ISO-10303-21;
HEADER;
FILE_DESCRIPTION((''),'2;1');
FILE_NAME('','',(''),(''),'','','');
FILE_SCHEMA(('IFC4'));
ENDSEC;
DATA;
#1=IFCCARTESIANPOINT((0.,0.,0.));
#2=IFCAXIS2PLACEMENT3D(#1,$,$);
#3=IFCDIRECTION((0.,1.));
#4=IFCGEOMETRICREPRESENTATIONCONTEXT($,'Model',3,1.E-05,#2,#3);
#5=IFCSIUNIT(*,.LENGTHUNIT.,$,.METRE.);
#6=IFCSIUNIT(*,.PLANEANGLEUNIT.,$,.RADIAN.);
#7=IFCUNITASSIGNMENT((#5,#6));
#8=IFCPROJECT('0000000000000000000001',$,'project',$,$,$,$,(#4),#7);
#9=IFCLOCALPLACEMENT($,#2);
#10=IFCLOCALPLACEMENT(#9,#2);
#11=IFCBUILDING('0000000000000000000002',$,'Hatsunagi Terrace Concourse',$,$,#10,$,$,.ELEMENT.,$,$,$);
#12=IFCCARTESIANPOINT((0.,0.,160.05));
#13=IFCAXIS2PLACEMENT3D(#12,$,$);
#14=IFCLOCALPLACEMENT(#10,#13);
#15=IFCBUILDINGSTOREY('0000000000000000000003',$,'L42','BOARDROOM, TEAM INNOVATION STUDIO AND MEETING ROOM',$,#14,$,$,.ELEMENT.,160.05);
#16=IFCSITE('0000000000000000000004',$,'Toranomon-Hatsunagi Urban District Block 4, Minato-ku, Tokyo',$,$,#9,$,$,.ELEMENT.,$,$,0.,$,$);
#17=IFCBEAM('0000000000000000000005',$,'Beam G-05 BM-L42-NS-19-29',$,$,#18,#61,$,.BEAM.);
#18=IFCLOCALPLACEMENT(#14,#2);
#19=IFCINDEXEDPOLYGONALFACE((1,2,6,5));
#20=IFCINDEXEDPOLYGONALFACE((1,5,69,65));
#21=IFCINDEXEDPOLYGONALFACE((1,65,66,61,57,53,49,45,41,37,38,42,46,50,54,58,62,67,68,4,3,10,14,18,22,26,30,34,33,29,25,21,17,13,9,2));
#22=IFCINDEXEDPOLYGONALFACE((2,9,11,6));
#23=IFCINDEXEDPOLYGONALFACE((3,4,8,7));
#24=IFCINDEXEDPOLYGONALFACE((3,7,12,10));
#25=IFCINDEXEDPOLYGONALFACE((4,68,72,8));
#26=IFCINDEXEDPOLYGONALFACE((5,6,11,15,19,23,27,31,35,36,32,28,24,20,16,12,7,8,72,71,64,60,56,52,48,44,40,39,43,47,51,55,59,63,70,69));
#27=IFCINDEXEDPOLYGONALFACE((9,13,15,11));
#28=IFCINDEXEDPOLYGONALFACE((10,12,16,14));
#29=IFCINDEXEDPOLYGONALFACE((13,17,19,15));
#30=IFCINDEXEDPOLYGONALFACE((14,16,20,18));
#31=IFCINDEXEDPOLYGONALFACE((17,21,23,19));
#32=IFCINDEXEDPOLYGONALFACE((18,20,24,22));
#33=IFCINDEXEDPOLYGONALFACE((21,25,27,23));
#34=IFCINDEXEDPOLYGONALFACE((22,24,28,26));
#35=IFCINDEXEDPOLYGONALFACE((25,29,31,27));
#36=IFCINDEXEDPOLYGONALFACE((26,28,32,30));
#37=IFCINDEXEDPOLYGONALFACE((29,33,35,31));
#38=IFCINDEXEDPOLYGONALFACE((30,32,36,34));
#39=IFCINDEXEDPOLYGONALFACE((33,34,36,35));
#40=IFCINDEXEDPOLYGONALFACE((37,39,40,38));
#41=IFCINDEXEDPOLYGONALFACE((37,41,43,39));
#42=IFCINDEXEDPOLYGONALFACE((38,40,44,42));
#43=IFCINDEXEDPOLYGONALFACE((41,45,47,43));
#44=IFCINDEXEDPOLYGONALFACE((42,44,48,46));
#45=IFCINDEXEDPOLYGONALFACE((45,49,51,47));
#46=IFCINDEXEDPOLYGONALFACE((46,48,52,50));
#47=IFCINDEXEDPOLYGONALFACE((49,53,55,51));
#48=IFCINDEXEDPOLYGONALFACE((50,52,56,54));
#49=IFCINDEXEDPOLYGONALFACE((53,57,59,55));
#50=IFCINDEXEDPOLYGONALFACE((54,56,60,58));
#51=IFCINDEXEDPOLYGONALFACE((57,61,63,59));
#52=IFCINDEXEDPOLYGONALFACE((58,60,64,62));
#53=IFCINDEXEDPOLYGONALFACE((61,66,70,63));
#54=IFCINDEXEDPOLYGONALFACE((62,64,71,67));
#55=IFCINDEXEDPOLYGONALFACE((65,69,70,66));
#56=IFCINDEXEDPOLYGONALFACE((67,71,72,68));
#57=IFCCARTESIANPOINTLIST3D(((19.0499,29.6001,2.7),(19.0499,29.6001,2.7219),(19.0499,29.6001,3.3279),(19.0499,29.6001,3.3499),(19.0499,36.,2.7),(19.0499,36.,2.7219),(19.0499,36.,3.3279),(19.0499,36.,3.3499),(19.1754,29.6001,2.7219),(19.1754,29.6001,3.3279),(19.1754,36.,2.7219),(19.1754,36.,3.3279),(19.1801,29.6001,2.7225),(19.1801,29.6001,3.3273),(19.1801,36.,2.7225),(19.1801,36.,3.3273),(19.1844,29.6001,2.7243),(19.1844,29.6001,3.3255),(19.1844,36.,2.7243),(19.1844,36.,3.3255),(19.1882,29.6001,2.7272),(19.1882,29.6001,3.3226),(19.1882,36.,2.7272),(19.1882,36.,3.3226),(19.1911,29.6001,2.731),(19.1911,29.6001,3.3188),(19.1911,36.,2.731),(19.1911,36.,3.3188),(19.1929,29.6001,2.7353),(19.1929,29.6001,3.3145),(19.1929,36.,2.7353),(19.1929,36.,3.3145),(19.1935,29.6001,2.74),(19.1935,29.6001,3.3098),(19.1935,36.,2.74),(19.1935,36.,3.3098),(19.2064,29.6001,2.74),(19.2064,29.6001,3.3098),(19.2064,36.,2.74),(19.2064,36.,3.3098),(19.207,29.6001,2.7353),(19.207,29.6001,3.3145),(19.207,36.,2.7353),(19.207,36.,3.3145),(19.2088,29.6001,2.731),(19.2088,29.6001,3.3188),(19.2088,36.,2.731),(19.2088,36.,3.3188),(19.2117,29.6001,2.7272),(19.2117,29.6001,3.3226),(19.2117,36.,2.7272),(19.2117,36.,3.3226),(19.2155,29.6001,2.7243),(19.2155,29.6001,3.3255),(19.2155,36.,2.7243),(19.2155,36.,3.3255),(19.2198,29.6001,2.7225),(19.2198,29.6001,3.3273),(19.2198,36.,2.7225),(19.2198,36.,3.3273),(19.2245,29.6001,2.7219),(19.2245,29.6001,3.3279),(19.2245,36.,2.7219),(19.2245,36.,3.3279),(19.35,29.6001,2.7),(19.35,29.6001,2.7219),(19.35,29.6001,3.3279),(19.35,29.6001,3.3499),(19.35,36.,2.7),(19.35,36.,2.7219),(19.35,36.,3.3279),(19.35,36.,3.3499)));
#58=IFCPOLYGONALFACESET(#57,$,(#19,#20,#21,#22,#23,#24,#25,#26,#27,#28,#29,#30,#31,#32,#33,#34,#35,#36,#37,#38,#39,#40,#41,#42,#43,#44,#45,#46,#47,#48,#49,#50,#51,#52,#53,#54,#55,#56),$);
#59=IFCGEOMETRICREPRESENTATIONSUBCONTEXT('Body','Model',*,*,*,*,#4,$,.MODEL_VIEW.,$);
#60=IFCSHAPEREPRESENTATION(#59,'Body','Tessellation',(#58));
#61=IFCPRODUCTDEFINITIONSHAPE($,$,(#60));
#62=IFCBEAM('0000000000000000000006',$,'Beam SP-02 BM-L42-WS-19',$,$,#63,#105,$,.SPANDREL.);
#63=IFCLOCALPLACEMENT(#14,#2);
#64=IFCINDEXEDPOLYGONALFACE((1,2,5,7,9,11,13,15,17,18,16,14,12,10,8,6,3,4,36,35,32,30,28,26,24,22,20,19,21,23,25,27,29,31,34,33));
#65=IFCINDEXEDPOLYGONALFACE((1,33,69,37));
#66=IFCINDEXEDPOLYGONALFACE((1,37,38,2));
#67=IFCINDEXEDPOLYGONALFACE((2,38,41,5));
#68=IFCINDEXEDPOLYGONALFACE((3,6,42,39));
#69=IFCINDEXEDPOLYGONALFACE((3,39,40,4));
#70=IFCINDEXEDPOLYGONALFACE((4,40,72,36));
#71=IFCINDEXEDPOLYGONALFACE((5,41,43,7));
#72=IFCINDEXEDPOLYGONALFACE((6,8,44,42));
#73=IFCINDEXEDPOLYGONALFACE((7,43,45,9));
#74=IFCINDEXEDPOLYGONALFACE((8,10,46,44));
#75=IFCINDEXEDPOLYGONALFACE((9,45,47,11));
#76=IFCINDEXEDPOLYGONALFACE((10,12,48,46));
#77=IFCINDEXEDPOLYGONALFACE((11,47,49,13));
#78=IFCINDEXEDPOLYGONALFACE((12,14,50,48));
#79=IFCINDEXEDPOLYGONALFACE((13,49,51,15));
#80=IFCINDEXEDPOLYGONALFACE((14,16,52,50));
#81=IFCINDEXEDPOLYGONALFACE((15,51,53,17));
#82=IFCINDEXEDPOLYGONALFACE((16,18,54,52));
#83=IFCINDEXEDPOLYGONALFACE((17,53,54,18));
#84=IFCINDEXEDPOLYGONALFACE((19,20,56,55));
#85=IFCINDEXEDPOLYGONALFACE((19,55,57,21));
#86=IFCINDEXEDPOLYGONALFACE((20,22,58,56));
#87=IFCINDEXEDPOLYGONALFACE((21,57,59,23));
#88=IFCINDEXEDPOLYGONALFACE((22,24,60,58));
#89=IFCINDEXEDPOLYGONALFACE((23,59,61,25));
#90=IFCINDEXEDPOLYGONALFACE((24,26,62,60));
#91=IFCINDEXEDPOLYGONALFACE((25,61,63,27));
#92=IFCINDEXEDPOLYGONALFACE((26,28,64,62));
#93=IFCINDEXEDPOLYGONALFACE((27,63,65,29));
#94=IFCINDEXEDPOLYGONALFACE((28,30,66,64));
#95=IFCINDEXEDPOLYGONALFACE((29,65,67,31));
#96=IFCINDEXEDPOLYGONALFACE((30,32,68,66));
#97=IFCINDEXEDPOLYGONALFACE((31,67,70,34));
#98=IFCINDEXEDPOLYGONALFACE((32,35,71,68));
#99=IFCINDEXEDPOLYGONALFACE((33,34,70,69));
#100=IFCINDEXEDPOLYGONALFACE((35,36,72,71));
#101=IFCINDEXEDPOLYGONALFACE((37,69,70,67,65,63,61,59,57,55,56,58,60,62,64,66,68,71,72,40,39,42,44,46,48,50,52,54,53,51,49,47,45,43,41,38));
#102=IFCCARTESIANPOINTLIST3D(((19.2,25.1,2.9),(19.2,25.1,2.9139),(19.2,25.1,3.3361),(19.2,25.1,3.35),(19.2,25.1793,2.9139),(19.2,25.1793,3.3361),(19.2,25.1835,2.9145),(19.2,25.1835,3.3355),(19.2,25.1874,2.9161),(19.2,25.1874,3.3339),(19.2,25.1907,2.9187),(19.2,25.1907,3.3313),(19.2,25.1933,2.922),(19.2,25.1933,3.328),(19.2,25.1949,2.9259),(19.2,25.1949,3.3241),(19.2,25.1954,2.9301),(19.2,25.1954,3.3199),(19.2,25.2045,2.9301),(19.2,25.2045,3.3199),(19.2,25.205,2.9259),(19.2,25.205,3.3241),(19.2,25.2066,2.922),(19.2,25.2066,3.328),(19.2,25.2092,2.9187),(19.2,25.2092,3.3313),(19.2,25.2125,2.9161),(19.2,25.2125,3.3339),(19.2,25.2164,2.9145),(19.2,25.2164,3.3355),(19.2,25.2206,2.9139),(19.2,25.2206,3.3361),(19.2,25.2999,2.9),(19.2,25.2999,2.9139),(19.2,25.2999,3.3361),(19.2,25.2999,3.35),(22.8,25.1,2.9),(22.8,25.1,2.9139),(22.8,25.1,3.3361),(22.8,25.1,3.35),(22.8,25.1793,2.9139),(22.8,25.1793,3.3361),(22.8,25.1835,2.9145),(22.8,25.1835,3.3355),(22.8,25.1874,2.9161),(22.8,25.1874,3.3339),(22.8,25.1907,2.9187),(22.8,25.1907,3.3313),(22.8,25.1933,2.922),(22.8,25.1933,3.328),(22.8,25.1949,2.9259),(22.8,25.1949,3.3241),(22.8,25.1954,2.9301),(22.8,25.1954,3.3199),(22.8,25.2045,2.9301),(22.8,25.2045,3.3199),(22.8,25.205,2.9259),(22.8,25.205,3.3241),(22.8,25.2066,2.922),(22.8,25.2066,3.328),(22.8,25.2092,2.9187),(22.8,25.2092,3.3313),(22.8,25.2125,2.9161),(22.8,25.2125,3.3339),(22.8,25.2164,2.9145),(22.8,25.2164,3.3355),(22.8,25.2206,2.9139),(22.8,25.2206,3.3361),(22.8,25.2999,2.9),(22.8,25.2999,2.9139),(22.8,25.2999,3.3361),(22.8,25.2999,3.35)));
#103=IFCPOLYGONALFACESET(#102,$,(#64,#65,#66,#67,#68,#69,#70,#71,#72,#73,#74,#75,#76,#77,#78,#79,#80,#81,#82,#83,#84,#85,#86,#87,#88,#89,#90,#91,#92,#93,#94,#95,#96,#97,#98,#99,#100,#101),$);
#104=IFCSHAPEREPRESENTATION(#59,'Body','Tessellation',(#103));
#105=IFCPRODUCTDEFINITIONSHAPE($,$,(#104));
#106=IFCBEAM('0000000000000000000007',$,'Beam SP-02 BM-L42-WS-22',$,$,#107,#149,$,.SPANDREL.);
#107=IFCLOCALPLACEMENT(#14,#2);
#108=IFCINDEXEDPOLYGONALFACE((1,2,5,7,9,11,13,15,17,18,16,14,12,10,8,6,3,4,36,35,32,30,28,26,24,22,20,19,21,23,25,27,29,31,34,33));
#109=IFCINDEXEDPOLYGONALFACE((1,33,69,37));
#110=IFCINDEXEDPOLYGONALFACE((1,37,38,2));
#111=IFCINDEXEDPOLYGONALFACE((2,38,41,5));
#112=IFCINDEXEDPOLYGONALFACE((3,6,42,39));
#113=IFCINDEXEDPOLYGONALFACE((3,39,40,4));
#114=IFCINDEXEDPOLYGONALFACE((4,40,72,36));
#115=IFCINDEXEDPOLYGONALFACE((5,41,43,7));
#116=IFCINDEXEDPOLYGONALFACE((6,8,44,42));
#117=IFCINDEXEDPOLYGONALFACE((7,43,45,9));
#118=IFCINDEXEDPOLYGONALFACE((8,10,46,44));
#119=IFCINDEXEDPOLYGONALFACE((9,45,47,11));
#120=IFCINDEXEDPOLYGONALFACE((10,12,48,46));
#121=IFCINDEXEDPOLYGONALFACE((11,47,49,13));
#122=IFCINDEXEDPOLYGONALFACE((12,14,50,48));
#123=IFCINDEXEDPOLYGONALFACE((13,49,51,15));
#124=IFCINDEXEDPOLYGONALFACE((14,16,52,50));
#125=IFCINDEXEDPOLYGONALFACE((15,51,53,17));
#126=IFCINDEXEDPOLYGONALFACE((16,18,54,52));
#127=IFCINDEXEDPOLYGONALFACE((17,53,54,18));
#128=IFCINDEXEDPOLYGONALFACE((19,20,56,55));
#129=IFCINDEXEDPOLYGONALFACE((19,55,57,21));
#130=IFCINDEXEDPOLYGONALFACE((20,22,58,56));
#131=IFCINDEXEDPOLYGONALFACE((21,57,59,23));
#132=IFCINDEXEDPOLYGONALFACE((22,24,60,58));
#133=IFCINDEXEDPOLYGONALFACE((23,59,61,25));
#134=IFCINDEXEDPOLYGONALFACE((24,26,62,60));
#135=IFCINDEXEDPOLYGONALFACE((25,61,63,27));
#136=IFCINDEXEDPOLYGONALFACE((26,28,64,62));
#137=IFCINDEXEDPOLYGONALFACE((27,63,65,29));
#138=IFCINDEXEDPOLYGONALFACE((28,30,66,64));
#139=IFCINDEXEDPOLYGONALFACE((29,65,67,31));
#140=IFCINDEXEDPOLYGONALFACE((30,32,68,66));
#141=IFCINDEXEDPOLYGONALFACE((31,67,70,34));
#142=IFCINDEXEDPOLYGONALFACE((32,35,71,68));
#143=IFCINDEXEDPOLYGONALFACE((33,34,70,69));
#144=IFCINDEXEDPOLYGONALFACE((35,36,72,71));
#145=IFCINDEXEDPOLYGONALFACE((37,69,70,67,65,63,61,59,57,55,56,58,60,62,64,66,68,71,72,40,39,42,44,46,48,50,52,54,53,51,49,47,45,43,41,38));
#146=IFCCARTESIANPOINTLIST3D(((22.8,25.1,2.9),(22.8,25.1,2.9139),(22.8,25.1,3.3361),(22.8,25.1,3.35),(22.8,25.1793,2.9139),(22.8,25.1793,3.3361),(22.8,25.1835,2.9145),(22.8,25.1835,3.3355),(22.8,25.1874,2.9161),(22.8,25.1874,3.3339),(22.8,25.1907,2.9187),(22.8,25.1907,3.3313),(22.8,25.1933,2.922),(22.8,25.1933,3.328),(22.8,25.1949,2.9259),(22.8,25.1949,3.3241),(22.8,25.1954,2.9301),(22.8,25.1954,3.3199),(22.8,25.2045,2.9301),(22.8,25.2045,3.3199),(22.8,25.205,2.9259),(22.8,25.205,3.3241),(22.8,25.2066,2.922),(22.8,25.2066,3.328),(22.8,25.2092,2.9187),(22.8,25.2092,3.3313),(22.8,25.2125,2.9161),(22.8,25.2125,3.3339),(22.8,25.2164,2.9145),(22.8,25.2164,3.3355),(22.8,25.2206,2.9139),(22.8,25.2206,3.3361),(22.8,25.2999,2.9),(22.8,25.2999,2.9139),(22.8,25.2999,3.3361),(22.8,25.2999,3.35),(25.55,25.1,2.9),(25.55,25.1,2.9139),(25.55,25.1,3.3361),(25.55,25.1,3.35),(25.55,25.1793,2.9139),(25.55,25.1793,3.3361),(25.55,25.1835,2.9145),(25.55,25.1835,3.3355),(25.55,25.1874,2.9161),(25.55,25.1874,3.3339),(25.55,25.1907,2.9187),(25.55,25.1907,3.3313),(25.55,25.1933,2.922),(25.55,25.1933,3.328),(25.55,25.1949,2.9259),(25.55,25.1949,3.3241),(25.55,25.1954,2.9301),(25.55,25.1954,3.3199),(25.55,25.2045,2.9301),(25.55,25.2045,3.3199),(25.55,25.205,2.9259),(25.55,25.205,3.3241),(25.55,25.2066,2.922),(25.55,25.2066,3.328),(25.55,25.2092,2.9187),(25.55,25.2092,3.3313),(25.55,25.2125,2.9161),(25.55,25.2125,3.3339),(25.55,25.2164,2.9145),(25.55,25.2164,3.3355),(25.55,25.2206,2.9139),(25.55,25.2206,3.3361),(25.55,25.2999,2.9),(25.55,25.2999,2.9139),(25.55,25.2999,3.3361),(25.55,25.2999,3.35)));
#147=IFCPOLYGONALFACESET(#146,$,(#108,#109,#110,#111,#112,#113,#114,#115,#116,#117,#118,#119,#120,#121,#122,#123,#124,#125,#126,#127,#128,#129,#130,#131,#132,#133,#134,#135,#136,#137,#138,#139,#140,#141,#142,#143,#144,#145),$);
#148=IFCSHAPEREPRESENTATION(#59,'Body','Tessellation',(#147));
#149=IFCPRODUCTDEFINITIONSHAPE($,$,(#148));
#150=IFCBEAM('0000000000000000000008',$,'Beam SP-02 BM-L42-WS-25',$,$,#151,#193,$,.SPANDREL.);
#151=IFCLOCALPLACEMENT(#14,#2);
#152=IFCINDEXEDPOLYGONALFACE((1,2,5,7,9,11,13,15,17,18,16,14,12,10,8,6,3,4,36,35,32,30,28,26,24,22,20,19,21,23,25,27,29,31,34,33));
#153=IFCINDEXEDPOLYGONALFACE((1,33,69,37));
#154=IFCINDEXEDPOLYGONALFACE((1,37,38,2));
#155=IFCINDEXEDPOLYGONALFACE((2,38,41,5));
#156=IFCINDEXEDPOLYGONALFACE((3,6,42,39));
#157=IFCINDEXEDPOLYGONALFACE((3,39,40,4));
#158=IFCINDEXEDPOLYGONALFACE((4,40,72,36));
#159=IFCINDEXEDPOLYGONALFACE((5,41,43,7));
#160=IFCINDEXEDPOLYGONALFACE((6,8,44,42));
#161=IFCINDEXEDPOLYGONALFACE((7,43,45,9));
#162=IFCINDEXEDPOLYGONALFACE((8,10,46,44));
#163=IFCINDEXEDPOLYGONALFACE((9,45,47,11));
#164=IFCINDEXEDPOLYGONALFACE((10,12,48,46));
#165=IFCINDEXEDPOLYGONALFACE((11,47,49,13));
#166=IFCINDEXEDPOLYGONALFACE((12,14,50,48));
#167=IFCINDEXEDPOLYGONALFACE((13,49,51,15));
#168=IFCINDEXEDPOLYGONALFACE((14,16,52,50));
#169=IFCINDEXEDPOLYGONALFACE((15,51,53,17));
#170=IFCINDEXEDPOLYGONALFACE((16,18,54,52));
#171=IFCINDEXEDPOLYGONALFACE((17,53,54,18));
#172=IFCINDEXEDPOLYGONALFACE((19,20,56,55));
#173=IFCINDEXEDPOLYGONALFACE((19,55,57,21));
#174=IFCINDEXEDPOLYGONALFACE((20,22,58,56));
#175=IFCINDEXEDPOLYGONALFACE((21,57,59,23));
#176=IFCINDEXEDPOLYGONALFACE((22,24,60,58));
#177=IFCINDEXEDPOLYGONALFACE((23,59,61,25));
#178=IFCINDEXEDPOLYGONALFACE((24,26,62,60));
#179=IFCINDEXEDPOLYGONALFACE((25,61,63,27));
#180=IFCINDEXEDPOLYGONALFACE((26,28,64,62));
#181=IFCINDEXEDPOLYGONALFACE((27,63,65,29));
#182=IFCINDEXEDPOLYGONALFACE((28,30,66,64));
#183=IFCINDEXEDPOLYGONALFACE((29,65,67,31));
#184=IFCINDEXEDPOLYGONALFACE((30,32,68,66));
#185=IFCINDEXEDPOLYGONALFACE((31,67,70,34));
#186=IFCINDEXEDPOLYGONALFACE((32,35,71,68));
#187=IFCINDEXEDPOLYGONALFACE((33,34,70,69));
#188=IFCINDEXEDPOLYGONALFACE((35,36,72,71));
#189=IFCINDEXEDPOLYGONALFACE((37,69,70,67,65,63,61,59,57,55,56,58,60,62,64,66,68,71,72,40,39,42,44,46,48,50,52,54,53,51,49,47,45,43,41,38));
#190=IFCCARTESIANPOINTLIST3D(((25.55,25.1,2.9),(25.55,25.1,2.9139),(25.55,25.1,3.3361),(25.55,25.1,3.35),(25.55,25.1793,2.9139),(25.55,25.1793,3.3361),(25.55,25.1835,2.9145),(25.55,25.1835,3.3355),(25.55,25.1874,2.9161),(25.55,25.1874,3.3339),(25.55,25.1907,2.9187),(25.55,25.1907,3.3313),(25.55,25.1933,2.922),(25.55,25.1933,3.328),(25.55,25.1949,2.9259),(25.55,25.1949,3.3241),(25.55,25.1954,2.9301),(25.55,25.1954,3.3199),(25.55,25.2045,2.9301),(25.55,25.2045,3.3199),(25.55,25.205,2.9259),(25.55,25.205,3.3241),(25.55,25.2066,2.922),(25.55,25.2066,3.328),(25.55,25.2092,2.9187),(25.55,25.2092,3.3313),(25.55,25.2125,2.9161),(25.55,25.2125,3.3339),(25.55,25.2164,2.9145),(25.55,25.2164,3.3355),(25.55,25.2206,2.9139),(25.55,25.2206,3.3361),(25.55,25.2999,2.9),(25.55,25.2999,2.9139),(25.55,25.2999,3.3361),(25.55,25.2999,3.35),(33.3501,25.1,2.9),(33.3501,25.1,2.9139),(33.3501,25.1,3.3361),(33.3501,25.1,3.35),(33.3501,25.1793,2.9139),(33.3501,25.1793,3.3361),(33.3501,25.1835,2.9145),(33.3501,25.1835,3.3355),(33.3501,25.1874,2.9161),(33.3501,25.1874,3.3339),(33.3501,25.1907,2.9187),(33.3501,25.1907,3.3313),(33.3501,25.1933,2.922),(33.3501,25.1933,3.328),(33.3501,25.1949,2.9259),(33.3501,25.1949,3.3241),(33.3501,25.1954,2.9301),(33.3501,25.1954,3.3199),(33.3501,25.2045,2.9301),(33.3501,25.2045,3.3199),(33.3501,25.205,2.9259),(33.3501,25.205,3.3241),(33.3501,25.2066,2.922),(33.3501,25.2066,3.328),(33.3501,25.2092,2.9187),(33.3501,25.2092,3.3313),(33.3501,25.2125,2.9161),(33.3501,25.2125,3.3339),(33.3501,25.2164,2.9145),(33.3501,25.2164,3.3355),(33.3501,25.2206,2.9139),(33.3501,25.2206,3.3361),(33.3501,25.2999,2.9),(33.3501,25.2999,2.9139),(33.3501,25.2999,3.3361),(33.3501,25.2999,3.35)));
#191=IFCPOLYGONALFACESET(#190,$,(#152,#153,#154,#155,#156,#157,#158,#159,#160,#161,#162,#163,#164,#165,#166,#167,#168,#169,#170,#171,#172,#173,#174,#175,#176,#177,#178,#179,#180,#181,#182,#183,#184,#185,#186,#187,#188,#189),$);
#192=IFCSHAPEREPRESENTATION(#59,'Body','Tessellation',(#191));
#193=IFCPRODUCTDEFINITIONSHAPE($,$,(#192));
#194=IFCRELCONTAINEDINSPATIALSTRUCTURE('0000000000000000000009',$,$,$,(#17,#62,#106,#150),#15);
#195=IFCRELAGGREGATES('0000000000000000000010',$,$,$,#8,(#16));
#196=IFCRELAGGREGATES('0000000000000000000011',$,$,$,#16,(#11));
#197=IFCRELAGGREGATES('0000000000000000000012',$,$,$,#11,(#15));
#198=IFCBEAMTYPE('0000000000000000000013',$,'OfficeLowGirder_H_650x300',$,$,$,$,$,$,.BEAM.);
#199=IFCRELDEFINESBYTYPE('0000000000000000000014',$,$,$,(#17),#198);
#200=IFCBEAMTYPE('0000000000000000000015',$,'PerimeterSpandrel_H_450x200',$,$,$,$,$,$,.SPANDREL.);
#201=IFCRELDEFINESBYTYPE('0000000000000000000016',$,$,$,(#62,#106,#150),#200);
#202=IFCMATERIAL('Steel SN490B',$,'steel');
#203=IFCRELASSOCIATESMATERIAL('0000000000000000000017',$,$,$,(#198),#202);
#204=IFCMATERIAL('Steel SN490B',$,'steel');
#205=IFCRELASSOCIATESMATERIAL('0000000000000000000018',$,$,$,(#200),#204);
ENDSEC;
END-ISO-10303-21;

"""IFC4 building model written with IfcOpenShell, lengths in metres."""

from ifc_helpers import new_model, si_unit, direction, frame, origin, origin_2d, place, context, subcontext, project, spatial, i_section, extrude, material, material_profile, profile_set, type_object, element, save


model = new_model("IFC4")

# Units and contexts
model_context = context("Model", 3, precision=1e-05, world=origin(), true_north=direction((0.0, 1.0)))
body_context = subcontext(model_context, "Body", "Model", "MODEL_VIEW")
ifc_project = project(units=[si_unit("LENGTHUNIT", "METRE"), si_unit("PLANEANGLEUNIT", "RADIAN")], contexts=[model_context])

# Site, building, storey
site_placement = place(None, origin())
site = spatial("IfcSite", under=ifc_project, at=site_placement, Name="Toranomon-Hatsunagi Urban District Block 4, Minato-ku, Tokyo", CompositionType="ELEMENT", RefElevation=0.0)
building_placement = place(site_placement, origin())
building = spatial("IfcBuilding", under=site, at=building_placement, Name="Hatsunagi Terrace Concourse", CompositionType="ELEMENT")
storey_placement = place(building_placement, frame((0.0, 0.0, 160.05)))
storey = spatial("IfcBuildingStorey", under=building, at=storey_placement, Name="L42", Description="BOARDROOM, TEAM INNOVATION STUDIO AND MEETING ROOM", CompositionType="ELEMENT", Elevation=160.05)

# Beams
ifc_material_1 = material(Name="Steel SN490B", Category="steel")
ifc_material_profile_1 = material_profile(ifc_material_1, i_section(OverallWidth=0.3, OverallDepth=0.6499, WebThickness=0.0129, FlangeThickness=0.022, FilletRadius=0.0181, at=origin_2d()), Name="H-650x300x13x22")
ifc_profile_set_1 = profile_set([ifc_material_profile_1], Name="Steel SN490B")
beam_type_1 = type_object("IfcBeamType", Name="OfficeLowGirder_H_650x300", PredefinedType="BEAM", material=ifc_profile_set_1)
beam_1_placement = place(storey_placement, frame((19.2, 29.6001, 3.0249), z_axis=(0.0, 1.0, 0.0), x_axis=(-1.0, 0.0, 0.0)))
element("IfcBeam", 1, at=beam_1_placement, inside=storey, type_object=beam_type_1, Name="Beam G-05 BM-L42-NS-19-29", PredefinedType="BEAM", context=body_context, shape_type="SweptSolid", body=[
    extrude(i_section(OverallWidth=0.3, OverallDepth=0.6499, WebThickness=0.0129, FlangeThickness=0.022, FilletRadius=0.0181, at=origin_2d()), origin(), (0.0, 0.0, 1.0), 6.3999),
])
ifc_material_2 = material(Name="Steel SN490B", Category="steel")
ifc_material_profile_2 = material_profile(ifc_material_2, i_section(OverallWidth=0.2, OverallDepth=0.45, WebThickness=0.009, FlangeThickness=0.0139, FilletRadius=0.0161, at=origin_2d()), Name="H-450x200x9x14")
ifc_profile_set_2 = profile_set([ifc_material_profile_2], Name="Steel SN490B")
beam_type_2 = type_object("IfcBeamType", Name="PerimeterSpandrel_H_450x200", PredefinedType="SPANDREL", material=ifc_profile_set_2)
beam_2_placement = place(storey_placement, frame((19.2, 25.2, 3.125), z_axis=(1.0, 0.0, 0.0), x_axis=(0.0, 1.0, 0.0)))
element("IfcBeam", 2, at=beam_2_placement, inside=storey, type_object=beam_type_2, Name="Beam SP-02 BM-L42-WS-19", PredefinedType="SPANDREL", context=body_context, shape_type="SweptSolid", body=[
    extrude(i_section(OverallWidth=0.2, OverallDepth=0.45, WebThickness=0.009, FlangeThickness=0.0139, FilletRadius=0.0161, at=origin_2d()), origin(), (0.0, 0.0, 1.0), 3.6001),
])
beam_3_placement = place(storey_placement, frame((22.8, 25.2, 3.125), z_axis=(1.0, 0.0, 0.0), x_axis=(0.0, 1.0, 0.0)))
element("IfcBeam", 3, at=beam_3_placement, inside=storey, type_object=beam_type_2, Name="Beam SP-02 BM-L42-WS-22", PredefinedType="SPANDREL", context=body_context, shape_type="SweptSolid", body=[
    extrude(i_section(OverallWidth=0.2, OverallDepth=0.45, WebThickness=0.009, FlangeThickness=0.0139, FilletRadius=0.0161, at=origin_2d()), origin(), (0.0, 0.0, 1.0), 2.75),
])
beam_4_placement = place(storey_placement, frame((25.55, 25.2, 3.125), z_axis=(1.0, 0.0, 0.0), x_axis=(0.0, 1.0, 0.0)))
element("IfcBeam", 4, at=beam_4_placement, inside=storey, type_object=beam_type_2, Name="Beam SP-02 BM-L42-WS-25", PredefinedType="SPANDREL", context=body_context, shape_type="SweptSolid", body=[
    extrude(i_section(OverallWidth=0.2, OverallDepth=0.45, WebThickness=0.009, FlangeThickness=0.0139, FilletRadius=0.0161, at=origin_2d()), origin(), (0.0, 0.0, 1.0), 7.8),
])

save(model, "model.ifc")
